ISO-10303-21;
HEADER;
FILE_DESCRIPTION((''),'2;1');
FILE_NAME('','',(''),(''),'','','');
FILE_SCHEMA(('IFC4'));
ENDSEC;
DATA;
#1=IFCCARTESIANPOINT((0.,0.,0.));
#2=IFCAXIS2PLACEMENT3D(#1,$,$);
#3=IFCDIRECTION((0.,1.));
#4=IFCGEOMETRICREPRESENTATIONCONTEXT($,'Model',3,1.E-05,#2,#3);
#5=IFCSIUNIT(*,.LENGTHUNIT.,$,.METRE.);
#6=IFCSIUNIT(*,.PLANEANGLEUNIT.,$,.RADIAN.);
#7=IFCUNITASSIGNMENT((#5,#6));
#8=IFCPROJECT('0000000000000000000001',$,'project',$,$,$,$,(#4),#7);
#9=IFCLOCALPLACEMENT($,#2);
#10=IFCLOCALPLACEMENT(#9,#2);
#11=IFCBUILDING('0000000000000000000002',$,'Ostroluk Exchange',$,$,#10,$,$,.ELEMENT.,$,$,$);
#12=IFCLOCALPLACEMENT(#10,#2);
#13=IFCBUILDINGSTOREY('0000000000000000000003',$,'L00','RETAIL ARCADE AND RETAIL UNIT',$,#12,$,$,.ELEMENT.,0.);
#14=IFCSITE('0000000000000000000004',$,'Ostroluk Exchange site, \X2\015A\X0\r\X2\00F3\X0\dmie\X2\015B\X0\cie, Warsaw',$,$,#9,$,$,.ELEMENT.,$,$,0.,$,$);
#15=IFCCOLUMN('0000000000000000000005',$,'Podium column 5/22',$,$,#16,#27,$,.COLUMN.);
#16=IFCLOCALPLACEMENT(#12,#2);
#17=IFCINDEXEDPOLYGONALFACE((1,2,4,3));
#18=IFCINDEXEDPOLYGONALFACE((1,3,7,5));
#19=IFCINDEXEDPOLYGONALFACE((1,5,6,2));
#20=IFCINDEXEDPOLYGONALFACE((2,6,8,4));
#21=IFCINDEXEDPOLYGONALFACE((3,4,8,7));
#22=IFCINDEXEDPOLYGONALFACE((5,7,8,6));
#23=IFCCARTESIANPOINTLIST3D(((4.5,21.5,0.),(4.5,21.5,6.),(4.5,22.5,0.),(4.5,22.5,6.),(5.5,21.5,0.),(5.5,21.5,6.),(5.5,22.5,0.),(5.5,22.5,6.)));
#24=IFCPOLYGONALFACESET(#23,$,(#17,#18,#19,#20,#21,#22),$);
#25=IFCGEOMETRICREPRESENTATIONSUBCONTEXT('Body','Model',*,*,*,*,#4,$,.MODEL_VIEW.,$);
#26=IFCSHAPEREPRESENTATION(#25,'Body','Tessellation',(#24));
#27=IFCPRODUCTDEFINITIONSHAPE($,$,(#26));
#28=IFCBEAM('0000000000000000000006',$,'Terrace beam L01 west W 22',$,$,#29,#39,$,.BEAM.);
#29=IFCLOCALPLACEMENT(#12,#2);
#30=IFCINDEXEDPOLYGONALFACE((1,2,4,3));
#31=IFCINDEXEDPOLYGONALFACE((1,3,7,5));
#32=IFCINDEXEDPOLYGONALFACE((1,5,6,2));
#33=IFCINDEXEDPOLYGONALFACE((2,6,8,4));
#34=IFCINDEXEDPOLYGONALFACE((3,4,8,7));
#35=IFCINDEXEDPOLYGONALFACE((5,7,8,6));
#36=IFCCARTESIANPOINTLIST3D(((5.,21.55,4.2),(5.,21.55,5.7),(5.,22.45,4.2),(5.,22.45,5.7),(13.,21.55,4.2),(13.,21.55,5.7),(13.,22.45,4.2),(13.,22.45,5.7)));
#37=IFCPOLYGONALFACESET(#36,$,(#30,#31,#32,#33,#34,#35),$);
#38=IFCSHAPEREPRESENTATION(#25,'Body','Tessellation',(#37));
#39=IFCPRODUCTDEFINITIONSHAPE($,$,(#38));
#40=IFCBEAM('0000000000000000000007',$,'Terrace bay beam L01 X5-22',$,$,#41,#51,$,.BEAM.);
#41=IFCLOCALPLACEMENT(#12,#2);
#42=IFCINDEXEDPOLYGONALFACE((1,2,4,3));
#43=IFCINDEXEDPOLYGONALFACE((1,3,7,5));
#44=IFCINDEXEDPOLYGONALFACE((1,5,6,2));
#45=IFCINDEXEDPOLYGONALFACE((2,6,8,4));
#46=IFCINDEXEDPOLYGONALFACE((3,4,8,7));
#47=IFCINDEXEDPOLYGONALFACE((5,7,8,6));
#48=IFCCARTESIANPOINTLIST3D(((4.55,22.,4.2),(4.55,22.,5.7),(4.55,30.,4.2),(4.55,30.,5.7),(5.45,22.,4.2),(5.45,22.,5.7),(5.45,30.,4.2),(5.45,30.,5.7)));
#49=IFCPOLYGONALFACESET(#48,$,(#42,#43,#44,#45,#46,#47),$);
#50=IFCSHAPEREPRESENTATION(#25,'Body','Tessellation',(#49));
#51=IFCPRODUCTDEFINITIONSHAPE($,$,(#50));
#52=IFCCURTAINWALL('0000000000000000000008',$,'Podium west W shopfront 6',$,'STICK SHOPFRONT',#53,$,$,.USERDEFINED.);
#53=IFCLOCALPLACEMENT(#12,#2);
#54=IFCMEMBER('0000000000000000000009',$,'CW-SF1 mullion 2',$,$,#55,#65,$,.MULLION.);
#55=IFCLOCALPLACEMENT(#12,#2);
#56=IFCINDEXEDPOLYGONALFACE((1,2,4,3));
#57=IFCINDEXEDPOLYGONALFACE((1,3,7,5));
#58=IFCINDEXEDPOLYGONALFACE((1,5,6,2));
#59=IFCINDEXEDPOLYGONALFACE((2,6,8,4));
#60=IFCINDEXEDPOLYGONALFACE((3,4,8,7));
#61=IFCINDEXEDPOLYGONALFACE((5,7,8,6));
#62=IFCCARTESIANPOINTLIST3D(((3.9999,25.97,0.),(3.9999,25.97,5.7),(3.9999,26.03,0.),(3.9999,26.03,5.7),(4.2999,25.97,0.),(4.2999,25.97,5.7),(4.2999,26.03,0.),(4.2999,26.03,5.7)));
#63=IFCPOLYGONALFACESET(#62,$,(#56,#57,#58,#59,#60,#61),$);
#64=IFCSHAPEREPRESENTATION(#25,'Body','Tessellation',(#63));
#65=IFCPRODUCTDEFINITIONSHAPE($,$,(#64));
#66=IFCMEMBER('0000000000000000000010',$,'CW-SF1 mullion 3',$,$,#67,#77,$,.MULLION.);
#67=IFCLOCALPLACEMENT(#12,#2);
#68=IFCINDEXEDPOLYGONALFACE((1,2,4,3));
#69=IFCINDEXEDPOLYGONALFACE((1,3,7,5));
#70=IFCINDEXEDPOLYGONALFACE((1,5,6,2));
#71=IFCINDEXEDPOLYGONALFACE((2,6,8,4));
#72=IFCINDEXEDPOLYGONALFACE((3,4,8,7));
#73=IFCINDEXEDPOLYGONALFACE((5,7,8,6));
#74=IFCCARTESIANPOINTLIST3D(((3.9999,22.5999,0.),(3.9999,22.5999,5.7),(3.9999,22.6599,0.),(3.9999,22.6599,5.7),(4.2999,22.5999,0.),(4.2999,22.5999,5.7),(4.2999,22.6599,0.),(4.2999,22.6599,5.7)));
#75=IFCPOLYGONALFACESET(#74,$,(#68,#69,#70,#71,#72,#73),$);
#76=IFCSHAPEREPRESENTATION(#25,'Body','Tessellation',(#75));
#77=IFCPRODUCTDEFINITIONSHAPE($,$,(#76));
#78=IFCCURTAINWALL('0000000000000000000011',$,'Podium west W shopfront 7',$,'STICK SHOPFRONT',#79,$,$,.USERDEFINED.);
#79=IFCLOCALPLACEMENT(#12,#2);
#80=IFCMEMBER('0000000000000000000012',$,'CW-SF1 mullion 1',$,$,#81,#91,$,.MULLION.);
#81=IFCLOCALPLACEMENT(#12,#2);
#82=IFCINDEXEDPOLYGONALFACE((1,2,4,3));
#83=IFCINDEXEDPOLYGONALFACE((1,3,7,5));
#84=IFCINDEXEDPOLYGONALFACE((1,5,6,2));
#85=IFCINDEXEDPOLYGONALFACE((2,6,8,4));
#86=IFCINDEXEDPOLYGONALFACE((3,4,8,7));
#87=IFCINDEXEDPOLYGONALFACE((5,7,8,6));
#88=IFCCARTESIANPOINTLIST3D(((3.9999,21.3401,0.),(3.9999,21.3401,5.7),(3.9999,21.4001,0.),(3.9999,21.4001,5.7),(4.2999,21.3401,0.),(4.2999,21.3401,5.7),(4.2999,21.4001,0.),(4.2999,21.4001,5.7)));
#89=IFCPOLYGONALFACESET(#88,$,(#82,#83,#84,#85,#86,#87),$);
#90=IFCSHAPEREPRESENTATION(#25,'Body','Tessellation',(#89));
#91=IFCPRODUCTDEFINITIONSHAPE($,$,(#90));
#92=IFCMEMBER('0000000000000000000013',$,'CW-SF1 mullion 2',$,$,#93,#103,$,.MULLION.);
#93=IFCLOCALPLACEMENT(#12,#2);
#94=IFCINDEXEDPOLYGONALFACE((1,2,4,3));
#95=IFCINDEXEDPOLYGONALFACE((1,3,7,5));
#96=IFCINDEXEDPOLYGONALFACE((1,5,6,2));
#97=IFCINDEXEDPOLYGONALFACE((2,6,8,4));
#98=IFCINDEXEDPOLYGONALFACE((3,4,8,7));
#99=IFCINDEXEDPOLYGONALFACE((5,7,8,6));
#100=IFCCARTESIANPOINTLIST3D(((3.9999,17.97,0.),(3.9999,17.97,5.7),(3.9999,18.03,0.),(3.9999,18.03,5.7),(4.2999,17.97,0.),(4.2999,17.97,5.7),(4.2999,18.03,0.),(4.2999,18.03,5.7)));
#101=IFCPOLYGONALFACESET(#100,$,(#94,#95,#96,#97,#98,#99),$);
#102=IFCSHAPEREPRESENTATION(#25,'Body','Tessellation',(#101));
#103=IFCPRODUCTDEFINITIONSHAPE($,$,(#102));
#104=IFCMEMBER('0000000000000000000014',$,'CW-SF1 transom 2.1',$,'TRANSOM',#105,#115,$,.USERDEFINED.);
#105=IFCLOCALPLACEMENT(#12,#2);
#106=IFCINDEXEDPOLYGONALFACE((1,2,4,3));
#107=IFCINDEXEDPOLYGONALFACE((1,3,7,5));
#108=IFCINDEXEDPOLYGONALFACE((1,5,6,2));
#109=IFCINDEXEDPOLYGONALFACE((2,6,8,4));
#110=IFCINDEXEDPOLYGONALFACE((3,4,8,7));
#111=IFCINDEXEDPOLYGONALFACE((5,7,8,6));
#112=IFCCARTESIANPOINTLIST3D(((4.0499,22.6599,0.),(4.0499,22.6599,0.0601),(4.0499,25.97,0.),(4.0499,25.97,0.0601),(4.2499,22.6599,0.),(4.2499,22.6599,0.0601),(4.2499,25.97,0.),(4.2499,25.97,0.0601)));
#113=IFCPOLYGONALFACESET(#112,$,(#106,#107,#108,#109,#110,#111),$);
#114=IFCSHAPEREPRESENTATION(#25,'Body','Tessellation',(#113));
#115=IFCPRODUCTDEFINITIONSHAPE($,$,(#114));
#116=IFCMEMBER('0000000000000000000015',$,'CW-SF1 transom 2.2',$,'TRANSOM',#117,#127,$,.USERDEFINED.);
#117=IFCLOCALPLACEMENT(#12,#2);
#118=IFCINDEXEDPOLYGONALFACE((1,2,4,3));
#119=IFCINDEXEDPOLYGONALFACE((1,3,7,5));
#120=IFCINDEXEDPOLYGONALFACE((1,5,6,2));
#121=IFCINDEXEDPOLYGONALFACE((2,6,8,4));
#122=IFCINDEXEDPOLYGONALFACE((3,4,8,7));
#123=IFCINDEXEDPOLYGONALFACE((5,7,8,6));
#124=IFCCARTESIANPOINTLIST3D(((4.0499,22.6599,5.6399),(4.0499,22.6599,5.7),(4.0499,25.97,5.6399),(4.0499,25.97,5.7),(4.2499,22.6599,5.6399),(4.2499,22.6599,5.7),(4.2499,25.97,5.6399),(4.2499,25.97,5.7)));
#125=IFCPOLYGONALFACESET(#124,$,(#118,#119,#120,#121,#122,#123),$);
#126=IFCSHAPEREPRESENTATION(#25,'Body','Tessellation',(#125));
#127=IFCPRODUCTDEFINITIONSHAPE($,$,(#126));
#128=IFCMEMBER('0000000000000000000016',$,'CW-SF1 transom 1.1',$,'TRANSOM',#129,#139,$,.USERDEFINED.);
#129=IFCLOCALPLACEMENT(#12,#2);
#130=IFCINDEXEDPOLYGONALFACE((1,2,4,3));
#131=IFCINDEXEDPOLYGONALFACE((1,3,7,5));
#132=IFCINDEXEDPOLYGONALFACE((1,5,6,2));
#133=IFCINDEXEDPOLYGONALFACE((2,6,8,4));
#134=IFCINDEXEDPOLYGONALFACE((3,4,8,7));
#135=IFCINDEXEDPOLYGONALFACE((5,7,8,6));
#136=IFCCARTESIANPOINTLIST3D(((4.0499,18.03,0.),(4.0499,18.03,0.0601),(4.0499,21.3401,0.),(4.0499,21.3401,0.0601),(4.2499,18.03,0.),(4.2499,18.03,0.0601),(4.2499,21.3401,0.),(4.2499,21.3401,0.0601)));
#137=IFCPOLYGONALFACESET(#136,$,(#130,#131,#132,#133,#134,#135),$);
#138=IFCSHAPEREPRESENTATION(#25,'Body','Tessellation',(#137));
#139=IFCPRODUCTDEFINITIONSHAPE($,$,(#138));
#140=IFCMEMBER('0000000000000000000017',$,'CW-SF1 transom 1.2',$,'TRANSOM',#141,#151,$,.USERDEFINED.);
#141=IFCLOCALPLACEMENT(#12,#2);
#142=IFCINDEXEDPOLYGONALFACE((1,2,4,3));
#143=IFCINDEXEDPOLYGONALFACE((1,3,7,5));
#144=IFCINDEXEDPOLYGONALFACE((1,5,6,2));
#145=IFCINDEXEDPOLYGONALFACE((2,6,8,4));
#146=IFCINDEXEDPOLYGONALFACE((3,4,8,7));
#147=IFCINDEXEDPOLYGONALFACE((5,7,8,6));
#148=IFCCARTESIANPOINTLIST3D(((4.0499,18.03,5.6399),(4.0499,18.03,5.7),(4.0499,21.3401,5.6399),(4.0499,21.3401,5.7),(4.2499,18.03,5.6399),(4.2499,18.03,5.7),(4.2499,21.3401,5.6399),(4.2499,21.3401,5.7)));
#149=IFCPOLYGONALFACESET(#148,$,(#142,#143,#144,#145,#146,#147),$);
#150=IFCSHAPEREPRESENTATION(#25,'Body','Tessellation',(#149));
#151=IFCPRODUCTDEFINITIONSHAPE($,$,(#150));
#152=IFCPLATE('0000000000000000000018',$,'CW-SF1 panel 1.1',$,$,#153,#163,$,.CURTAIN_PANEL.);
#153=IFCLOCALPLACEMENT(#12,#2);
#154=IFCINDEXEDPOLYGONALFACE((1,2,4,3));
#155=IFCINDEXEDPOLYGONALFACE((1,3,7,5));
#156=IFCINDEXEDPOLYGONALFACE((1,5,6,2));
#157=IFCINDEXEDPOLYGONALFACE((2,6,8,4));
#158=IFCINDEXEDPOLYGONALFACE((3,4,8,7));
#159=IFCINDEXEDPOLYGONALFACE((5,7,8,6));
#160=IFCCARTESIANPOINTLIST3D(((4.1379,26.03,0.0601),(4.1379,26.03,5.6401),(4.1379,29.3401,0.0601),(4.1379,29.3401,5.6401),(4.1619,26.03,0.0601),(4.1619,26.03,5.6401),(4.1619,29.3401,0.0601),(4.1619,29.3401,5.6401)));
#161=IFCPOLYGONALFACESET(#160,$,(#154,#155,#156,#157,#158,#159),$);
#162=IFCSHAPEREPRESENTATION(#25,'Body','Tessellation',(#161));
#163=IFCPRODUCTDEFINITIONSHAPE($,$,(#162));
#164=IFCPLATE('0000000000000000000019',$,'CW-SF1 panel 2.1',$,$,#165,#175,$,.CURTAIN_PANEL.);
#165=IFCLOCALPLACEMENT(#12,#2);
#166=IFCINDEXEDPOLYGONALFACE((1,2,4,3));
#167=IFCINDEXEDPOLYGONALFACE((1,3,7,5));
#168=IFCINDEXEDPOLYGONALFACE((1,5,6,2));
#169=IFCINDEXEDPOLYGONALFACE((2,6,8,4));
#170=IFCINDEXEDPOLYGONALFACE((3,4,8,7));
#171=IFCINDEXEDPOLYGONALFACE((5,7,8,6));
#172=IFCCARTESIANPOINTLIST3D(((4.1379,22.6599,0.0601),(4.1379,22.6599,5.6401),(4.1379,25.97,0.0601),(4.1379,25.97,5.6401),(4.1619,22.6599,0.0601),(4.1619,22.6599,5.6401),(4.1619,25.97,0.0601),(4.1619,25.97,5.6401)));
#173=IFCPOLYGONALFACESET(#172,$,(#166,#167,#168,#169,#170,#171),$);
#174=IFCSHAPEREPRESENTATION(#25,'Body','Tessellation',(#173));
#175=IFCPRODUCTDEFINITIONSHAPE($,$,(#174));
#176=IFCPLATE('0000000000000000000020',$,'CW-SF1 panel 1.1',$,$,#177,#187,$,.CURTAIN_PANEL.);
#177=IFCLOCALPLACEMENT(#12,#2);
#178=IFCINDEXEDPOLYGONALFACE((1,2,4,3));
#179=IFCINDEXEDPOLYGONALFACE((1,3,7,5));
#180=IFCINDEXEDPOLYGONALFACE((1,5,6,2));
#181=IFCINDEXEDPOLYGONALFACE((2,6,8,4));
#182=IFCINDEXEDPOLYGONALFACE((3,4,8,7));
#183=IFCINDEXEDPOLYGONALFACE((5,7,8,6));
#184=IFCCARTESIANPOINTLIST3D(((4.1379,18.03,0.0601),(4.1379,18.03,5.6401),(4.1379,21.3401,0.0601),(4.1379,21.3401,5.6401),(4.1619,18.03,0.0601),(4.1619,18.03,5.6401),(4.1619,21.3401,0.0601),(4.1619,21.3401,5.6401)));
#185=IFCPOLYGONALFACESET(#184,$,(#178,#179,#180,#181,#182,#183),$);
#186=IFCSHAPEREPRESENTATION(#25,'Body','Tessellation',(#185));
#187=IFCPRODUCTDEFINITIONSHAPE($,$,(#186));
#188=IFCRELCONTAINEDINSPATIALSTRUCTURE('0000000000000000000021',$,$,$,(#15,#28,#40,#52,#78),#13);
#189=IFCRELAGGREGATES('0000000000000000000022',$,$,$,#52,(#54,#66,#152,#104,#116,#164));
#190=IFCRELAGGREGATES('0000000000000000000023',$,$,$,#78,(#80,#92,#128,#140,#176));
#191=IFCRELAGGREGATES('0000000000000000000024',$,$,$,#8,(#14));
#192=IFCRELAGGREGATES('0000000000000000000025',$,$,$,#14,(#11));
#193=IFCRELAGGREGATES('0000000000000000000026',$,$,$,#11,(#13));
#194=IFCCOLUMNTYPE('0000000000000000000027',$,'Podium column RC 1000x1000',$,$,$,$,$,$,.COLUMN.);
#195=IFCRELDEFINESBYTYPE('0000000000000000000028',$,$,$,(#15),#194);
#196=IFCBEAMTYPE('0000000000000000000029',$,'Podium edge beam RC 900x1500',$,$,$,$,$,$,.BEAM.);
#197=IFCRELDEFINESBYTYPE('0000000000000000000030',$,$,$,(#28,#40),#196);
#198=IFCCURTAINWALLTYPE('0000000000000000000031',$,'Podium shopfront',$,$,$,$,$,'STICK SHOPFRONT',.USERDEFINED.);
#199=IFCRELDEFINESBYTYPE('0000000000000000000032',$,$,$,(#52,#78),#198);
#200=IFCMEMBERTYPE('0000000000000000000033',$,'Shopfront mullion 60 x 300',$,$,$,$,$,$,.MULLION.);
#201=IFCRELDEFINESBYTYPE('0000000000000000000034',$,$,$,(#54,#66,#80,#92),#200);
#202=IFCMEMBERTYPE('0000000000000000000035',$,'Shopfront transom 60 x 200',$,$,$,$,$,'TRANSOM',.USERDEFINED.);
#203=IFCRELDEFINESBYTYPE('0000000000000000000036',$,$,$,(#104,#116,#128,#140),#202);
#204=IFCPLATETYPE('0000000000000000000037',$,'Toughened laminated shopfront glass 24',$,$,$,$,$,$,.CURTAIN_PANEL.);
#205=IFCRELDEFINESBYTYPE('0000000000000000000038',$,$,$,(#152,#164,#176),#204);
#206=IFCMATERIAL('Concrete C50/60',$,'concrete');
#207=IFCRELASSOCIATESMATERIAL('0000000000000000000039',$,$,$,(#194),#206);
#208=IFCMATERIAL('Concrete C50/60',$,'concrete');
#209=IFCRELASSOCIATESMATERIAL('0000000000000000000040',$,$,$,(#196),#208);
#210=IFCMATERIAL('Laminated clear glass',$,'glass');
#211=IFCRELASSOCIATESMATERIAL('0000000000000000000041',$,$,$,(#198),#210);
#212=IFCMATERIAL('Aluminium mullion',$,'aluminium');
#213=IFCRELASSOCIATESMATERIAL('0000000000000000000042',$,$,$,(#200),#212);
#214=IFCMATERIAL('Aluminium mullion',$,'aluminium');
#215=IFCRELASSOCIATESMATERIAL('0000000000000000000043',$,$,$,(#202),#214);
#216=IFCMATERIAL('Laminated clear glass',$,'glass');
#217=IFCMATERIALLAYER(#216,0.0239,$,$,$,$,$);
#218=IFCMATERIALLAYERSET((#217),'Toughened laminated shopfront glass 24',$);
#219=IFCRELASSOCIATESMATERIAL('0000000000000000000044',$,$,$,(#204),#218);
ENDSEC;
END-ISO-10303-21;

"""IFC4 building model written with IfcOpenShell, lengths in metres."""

from ifc_helpers import new_model, si_unit, direction, frame, origin, origin_2d, place, context, subcontext, project, spatial, rectangle, extrude, material, layer, layer_set, material_profile, profile_set, type_object, element, aggregate, save


model = new_model("IFC4")

# Units and contexts
model_context = context("Model", 3, precision=1e-05, world=origin(), true_north=direction((0.0, 1.0)))
body_context = subcontext(model_context, "Body", "Model", "MODEL_VIEW")
ifc_project = project(units=[si_unit("LENGTHUNIT", "METRE"), si_unit("PLANEANGLEUNIT", "RADIAN")], contexts=[model_context])

# Site, building, storey
site_placement = place(None, origin())
site = spatial("IfcSite", under=ifc_project, at=site_placement, Name="Ostroluk Exchange site, Śródmieście, Warsaw", CompositionType="ELEMENT", RefElevation=0.0)
building_placement = place(site_placement, origin())
building = spatial("IfcBuilding", under=site, at=building_placement, Name="Ostroluk Exchange", CompositionType="ELEMENT")
storey_placement = place(building_placement, origin())
storey = spatial("IfcBuildingStorey", under=building, at=storey_placement, Name="L00", Description="RETAIL ARCADE AND RETAIL UNIT", CompositionType="ELEMENT", Elevation=0.0)

# Column
ifc_material_1 = material(Name="Concrete C50/60", Category="concrete")
ifc_material_profile_1 = material_profile(ifc_material_1, rectangle(XDim=1.0, YDim=1.0, at=origin_2d()), Name="RC 1000x1000")
ifc_profile_set_1 = profile_set([ifc_material_profile_1], Name="Concrete C50/60")
column_type = type_object("IfcColumnType", Name="Podium column RC 1000x1000", PredefinedType="COLUMN", material=ifc_profile_set_1)
column_placement = place(storey_placement, frame((5.0, 22.0, 0.0), z_axis=(0.0, 0.0, 1.0), x_axis=(1.0, 0.0, 0.0)))
element("IfcColumn", 1, at=column_placement, inside=storey, type_object=column_type, Name="Podium column 5/22", PredefinedType="COLUMN", context=body_context, shape_type="SweptSolid", body=[
    extrude(rectangle(XDim=1.0, YDim=1.0, at=origin_2d()), origin(), (0.0, 0.0, 1.0), 6.0),
])

# Beams
ifc_material_2 = material(Name="Concrete C50/60", Category="concrete")
ifc_material_profile_2 = material_profile(ifc_material_2, rectangle(XDim=0.8999, YDim=1.5, at=origin_2d()), Name="RC 900x1500")
ifc_profile_set_2 = profile_set([ifc_material_profile_2], Name="Concrete C50/60")
beam_type = type_object("IfcBeamType", Name="Podium edge beam RC 900x1500", PredefinedType="BEAM", material=ifc_profile_set_2)
for number, where, z_axis, x_axis, name in (
    (2, (5.0, 22.0, 4.95), (1.0, 0.0, 0.0), (0.0, 1.0, 0.0), "Terrace beam L01 west W 22"),
    (3, (5.0, 22.0, 4.95), (0.0, 1.0, 0.0), (-1.0, 0.0, 0.0), "Terrace bay beam L01 X5-22"),
):
    element("IfcBeam", number, at=place(storey_placement, frame(where, z_axis=z_axis, x_axis=x_axis)), inside=storey, type_object=beam_type, Name=name, PredefinedType="BEAM", context=body_context, shape_type="SweptSolid", body=[
        extrude(rectangle(XDim=0.8999, YDim=1.5, at=origin_2d()), origin(), (0.0, 0.0, 1.0), 8.0),
    ])

# Curtain walls, members
ifc_material_3 = material(Name="Laminated clear glass", Category="glass")
curtain_wall_type = type_object("IfcCurtainWallType", Name="Podium shopfront", ElementType="STICK SHOPFRONT", PredefinedType="USERDEFINED", material=ifc_material_3)
curtain_wall_1_placement = place(storey_placement, origin())
curtain_wall_1 = element("IfcCurtainWall", 4, at=curtain_wall_1_placement, inside=storey, type_object=curtain_wall_type, Name="Podium west W shopfront 6", ObjectType="STICK SHOPFRONT", PredefinedType="USERDEFINED")
ifc_material_4 = material(Name="Aluminium mullion", Category="aluminium")
ifc_material_profile_3 = material_profile(ifc_material_4, rectangle(XDim=0.3, YDim=0.0601, at=origin_2d()), Name="Shopfront mullion 60 x 300")
ifc_profile_set_3 = profile_set([ifc_material_profile_3], Name="Aluminium mullion")
member_type_1 = type_object("IfcMemberType", Name="Shopfront mullion 60 x 300", PredefinedType="MULLION", material=ifc_profile_set_3)
member_1_placement = place(storey_placement, frame((4.1499, 26.0, 0.0), z_axis=(0.0, 0.0, 1.0), x_axis=(1.0, 0.0, 0.0)))
member_1 = element("IfcMember", 5, at=member_1_placement, type_object=member_type_1, Name="CW-SF1 mullion 2", PredefinedType="MULLION", context=body_context, shape_type="SweptSolid", body=[
    extrude(rectangle(XDim=0.3, YDim=0.0601, at=origin_2d()), origin(), (0.0, 0.0, 1.0), 5.7),
])
member_2_placement = place(storey_placement, frame((4.1499, 22.6299, 0.0), z_axis=(0.0, 0.0, 1.0), x_axis=(1.0, 0.0, 0.0)))
member_2 = element("IfcMember", 6, at=member_2_placement, type_object=member_type_1, Name="CW-SF1 mullion 3", PredefinedType="MULLION", context=body_context, shape_type="SweptSolid", body=[
    extrude(rectangle(XDim=0.3, YDim=0.0601, at=origin_2d()), origin(), (0.0, 0.0, 1.0), 5.7),
])
curtain_wall_2_placement = place(storey_placement, origin())
curtain_wall_2 = element("IfcCurtainWall", 7, at=curtain_wall_2_placement, inside=storey, type_object=curtain_wall_type, Name="Podium west W shopfront 7", ObjectType="STICK SHOPFRONT", PredefinedType="USERDEFINED")
member_3_placement = place(storey_placement, frame((4.1499, 21.3701, 0.0), z_axis=(0.0, 0.0, 1.0), x_axis=(1.0, 0.0, 0.0)))
member_3 = element("IfcMember", 8, at=member_3_placement, type_object=member_type_1, Name="CW-SF1 mullion 1", PredefinedType="MULLION", context=body_context, shape_type="SweptSolid", body=[
    extrude(rectangle(XDim=0.3, YDim=0.0601, at=origin_2d()), origin(), (0.0, 0.0, 1.0), 5.7),
])
member_4_placement = place(storey_placement, frame((4.1499, 18.0, 0.0), z_axis=(0.0, 0.0, 1.0), x_axis=(1.0, 0.0, 0.0)))
member_4 = element("IfcMember", 9, at=member_4_placement, type_object=member_type_1, Name="CW-SF1 mullion 2", PredefinedType="MULLION", context=body_context, shape_type="SweptSolid", body=[
    extrude(rectangle(XDim=0.3, YDim=0.0601, at=origin_2d()), origin(), (0.0, 0.0, 1.0), 5.7),
])

# Members
ifc_material_5 = material(Name="Aluminium mullion", Category="aluminium")
ifc_material_profile_4 = material_profile(ifc_material_5, rectangle(XDim=0.2, YDim=0.0601, at=origin_2d()), Name="Shopfront transom 60 x 200")
ifc_profile_set_4 = profile_set([ifc_material_profile_4], Name="Aluminium mullion")
member_type_2 = type_object("IfcMemberType", Name="Shopfront transom 60 x 200", ElementType="TRANSOM", PredefinedType="USERDEFINED", material=ifc_profile_set_4)
member_5_placement = place(storey_placement, frame((4.1499, 25.97, 0.03), z_axis=(0.0, -1.0, 0.0), x_axis=(1.0, 0.0, 0.0)))
member_5 = element("IfcMember", 10, at=member_5_placement, type_object=member_type_2, Name="CW-SF1 transom 2.1", ObjectType="TRANSOM", PredefinedType="USERDEFINED", context=body_context, shape_type="SweptSolid", body=[
    extrude(rectangle(XDim=0.2, YDim=0.0601, at=origin_2d()), origin(), (0.0, 0.0, 1.0), 3.3101),
])
member_6_placement = place(storey_placement, frame((4.1499, 25.97, 5.6699), z_axis=(0.0, -1.0, 0.0), x_axis=(1.0, 0.0, 0.0)))
member_6 = element("IfcMember", 11, at=member_6_placement, type_object=member_type_2, Name="CW-SF1 transom 2.2", ObjectType="TRANSOM", PredefinedType="USERDEFINED", context=body_context, shape_type="SweptSolid", body=[
    extrude(rectangle(XDim=0.2, YDim=0.0601, at=origin_2d()), origin(), (0.0, 0.0, 1.0), 3.3101),
])
member_7_placement = place(storey_placement, frame((4.1499, 21.3401, 0.03), z_axis=(0.0, -1.0, 0.0), x_axis=(1.0, 0.0, 0.0)))
member_7 = element("IfcMember", 12, at=member_7_placement, type_object=member_type_2, Name="CW-SF1 transom 1.1", ObjectType="TRANSOM", PredefinedType="USERDEFINED", context=body_context, shape_type="SweptSolid", body=[
    extrude(rectangle(XDim=0.2, YDim=0.0601, at=origin_2d()), origin(), (0.0, 0.0, 1.0), 3.3101),
])
member_8_placement = place(storey_placement, frame((4.1499, 21.3401, 5.6699), z_axis=(0.0, -1.0, 0.0), x_axis=(1.0, 0.0, 0.0)))
member_8 = element("IfcMember", 13, at=member_8_placement, type_object=member_type_2, Name="CW-SF1 transom 1.2", ObjectType="TRANSOM", PredefinedType="USERDEFINED", context=body_context, shape_type="SweptSolid", body=[
    extrude(rectangle(XDim=0.2, YDim=0.0601, at=origin_2d()), origin(), (0.0, 0.0, 1.0), 3.3101),
])

# Plates
ifc_material_6 = material(Name="Laminated clear glass", Category="glass")
ifc_layer_1 = layer(ifc_material_6, 0.0239)
ifc_layer_set_1 = layer_set([ifc_layer_1], Name="Toughened laminated shopfront glass 24")
plate_type = type_object("IfcPlateType", Name="Toughened laminated shopfront glass 24", PredefinedType="CURTAIN_PANEL", material=ifc_layer_set_1)
plate_1_placement = place(storey_placement, frame((4.1499, 27.6851, 0.0601), z_axis=(0.0, 0.0, 1.0), x_axis=(0.0, -1.0, 0.0)))
plate_1 = element("IfcPlate", 14, at=plate_1_placement, type_object=plate_type, Name="CW-SF1 panel 1.1", PredefinedType="CURTAIN_PANEL", context=body_context, shape_type="SweptSolid", body=[
    extrude(rectangle(XDim=3.3101, YDim=0.0239, at=origin_2d()), origin(), (0.0, 0.0, 1.0), 5.5801),
])
plate_2_placement = place(storey_placement, frame((4.1499, 24.3149, 0.0601), z_axis=(0.0, 0.0, 1.0), x_axis=(0.0, -1.0, 0.0)))
plate_2 = element("IfcPlate", 15, at=plate_2_placement, type_object=plate_type, Name="CW-SF1 panel 2.1", PredefinedType="CURTAIN_PANEL", context=body_context, shape_type="SweptSolid", body=[
    extrude(rectangle(XDim=3.3101, YDim=0.0239, at=origin_2d()), origin(), (0.0, 0.0, 1.0), 5.5801),
])
aggregate(curtain_wall_1, [member_1, member_2, plate_1, member_5, member_6, plate_2])
plate_3_placement = place(storey_placement, frame((4.1499, 19.6851, 0.0601), z_axis=(0.0, 0.0, 1.0), x_axis=(0.0, -1.0, 0.0)))
plate_3 = element("IfcPlate", 16, at=plate_3_placement, type_object=plate_type, Name="CW-SF1 panel 1.1", PredefinedType="CURTAIN_PANEL", context=body_context, shape_type="SweptSolid", body=[
    extrude(rectangle(XDim=3.3101, YDim=0.0239, at=origin_2d()), origin(), (0.0, 0.0, 1.0), 5.5801),
])
aggregate(curtain_wall_2, [member_3, member_4, member_7, member_8, plate_3])

save(model, "model.ifc")
